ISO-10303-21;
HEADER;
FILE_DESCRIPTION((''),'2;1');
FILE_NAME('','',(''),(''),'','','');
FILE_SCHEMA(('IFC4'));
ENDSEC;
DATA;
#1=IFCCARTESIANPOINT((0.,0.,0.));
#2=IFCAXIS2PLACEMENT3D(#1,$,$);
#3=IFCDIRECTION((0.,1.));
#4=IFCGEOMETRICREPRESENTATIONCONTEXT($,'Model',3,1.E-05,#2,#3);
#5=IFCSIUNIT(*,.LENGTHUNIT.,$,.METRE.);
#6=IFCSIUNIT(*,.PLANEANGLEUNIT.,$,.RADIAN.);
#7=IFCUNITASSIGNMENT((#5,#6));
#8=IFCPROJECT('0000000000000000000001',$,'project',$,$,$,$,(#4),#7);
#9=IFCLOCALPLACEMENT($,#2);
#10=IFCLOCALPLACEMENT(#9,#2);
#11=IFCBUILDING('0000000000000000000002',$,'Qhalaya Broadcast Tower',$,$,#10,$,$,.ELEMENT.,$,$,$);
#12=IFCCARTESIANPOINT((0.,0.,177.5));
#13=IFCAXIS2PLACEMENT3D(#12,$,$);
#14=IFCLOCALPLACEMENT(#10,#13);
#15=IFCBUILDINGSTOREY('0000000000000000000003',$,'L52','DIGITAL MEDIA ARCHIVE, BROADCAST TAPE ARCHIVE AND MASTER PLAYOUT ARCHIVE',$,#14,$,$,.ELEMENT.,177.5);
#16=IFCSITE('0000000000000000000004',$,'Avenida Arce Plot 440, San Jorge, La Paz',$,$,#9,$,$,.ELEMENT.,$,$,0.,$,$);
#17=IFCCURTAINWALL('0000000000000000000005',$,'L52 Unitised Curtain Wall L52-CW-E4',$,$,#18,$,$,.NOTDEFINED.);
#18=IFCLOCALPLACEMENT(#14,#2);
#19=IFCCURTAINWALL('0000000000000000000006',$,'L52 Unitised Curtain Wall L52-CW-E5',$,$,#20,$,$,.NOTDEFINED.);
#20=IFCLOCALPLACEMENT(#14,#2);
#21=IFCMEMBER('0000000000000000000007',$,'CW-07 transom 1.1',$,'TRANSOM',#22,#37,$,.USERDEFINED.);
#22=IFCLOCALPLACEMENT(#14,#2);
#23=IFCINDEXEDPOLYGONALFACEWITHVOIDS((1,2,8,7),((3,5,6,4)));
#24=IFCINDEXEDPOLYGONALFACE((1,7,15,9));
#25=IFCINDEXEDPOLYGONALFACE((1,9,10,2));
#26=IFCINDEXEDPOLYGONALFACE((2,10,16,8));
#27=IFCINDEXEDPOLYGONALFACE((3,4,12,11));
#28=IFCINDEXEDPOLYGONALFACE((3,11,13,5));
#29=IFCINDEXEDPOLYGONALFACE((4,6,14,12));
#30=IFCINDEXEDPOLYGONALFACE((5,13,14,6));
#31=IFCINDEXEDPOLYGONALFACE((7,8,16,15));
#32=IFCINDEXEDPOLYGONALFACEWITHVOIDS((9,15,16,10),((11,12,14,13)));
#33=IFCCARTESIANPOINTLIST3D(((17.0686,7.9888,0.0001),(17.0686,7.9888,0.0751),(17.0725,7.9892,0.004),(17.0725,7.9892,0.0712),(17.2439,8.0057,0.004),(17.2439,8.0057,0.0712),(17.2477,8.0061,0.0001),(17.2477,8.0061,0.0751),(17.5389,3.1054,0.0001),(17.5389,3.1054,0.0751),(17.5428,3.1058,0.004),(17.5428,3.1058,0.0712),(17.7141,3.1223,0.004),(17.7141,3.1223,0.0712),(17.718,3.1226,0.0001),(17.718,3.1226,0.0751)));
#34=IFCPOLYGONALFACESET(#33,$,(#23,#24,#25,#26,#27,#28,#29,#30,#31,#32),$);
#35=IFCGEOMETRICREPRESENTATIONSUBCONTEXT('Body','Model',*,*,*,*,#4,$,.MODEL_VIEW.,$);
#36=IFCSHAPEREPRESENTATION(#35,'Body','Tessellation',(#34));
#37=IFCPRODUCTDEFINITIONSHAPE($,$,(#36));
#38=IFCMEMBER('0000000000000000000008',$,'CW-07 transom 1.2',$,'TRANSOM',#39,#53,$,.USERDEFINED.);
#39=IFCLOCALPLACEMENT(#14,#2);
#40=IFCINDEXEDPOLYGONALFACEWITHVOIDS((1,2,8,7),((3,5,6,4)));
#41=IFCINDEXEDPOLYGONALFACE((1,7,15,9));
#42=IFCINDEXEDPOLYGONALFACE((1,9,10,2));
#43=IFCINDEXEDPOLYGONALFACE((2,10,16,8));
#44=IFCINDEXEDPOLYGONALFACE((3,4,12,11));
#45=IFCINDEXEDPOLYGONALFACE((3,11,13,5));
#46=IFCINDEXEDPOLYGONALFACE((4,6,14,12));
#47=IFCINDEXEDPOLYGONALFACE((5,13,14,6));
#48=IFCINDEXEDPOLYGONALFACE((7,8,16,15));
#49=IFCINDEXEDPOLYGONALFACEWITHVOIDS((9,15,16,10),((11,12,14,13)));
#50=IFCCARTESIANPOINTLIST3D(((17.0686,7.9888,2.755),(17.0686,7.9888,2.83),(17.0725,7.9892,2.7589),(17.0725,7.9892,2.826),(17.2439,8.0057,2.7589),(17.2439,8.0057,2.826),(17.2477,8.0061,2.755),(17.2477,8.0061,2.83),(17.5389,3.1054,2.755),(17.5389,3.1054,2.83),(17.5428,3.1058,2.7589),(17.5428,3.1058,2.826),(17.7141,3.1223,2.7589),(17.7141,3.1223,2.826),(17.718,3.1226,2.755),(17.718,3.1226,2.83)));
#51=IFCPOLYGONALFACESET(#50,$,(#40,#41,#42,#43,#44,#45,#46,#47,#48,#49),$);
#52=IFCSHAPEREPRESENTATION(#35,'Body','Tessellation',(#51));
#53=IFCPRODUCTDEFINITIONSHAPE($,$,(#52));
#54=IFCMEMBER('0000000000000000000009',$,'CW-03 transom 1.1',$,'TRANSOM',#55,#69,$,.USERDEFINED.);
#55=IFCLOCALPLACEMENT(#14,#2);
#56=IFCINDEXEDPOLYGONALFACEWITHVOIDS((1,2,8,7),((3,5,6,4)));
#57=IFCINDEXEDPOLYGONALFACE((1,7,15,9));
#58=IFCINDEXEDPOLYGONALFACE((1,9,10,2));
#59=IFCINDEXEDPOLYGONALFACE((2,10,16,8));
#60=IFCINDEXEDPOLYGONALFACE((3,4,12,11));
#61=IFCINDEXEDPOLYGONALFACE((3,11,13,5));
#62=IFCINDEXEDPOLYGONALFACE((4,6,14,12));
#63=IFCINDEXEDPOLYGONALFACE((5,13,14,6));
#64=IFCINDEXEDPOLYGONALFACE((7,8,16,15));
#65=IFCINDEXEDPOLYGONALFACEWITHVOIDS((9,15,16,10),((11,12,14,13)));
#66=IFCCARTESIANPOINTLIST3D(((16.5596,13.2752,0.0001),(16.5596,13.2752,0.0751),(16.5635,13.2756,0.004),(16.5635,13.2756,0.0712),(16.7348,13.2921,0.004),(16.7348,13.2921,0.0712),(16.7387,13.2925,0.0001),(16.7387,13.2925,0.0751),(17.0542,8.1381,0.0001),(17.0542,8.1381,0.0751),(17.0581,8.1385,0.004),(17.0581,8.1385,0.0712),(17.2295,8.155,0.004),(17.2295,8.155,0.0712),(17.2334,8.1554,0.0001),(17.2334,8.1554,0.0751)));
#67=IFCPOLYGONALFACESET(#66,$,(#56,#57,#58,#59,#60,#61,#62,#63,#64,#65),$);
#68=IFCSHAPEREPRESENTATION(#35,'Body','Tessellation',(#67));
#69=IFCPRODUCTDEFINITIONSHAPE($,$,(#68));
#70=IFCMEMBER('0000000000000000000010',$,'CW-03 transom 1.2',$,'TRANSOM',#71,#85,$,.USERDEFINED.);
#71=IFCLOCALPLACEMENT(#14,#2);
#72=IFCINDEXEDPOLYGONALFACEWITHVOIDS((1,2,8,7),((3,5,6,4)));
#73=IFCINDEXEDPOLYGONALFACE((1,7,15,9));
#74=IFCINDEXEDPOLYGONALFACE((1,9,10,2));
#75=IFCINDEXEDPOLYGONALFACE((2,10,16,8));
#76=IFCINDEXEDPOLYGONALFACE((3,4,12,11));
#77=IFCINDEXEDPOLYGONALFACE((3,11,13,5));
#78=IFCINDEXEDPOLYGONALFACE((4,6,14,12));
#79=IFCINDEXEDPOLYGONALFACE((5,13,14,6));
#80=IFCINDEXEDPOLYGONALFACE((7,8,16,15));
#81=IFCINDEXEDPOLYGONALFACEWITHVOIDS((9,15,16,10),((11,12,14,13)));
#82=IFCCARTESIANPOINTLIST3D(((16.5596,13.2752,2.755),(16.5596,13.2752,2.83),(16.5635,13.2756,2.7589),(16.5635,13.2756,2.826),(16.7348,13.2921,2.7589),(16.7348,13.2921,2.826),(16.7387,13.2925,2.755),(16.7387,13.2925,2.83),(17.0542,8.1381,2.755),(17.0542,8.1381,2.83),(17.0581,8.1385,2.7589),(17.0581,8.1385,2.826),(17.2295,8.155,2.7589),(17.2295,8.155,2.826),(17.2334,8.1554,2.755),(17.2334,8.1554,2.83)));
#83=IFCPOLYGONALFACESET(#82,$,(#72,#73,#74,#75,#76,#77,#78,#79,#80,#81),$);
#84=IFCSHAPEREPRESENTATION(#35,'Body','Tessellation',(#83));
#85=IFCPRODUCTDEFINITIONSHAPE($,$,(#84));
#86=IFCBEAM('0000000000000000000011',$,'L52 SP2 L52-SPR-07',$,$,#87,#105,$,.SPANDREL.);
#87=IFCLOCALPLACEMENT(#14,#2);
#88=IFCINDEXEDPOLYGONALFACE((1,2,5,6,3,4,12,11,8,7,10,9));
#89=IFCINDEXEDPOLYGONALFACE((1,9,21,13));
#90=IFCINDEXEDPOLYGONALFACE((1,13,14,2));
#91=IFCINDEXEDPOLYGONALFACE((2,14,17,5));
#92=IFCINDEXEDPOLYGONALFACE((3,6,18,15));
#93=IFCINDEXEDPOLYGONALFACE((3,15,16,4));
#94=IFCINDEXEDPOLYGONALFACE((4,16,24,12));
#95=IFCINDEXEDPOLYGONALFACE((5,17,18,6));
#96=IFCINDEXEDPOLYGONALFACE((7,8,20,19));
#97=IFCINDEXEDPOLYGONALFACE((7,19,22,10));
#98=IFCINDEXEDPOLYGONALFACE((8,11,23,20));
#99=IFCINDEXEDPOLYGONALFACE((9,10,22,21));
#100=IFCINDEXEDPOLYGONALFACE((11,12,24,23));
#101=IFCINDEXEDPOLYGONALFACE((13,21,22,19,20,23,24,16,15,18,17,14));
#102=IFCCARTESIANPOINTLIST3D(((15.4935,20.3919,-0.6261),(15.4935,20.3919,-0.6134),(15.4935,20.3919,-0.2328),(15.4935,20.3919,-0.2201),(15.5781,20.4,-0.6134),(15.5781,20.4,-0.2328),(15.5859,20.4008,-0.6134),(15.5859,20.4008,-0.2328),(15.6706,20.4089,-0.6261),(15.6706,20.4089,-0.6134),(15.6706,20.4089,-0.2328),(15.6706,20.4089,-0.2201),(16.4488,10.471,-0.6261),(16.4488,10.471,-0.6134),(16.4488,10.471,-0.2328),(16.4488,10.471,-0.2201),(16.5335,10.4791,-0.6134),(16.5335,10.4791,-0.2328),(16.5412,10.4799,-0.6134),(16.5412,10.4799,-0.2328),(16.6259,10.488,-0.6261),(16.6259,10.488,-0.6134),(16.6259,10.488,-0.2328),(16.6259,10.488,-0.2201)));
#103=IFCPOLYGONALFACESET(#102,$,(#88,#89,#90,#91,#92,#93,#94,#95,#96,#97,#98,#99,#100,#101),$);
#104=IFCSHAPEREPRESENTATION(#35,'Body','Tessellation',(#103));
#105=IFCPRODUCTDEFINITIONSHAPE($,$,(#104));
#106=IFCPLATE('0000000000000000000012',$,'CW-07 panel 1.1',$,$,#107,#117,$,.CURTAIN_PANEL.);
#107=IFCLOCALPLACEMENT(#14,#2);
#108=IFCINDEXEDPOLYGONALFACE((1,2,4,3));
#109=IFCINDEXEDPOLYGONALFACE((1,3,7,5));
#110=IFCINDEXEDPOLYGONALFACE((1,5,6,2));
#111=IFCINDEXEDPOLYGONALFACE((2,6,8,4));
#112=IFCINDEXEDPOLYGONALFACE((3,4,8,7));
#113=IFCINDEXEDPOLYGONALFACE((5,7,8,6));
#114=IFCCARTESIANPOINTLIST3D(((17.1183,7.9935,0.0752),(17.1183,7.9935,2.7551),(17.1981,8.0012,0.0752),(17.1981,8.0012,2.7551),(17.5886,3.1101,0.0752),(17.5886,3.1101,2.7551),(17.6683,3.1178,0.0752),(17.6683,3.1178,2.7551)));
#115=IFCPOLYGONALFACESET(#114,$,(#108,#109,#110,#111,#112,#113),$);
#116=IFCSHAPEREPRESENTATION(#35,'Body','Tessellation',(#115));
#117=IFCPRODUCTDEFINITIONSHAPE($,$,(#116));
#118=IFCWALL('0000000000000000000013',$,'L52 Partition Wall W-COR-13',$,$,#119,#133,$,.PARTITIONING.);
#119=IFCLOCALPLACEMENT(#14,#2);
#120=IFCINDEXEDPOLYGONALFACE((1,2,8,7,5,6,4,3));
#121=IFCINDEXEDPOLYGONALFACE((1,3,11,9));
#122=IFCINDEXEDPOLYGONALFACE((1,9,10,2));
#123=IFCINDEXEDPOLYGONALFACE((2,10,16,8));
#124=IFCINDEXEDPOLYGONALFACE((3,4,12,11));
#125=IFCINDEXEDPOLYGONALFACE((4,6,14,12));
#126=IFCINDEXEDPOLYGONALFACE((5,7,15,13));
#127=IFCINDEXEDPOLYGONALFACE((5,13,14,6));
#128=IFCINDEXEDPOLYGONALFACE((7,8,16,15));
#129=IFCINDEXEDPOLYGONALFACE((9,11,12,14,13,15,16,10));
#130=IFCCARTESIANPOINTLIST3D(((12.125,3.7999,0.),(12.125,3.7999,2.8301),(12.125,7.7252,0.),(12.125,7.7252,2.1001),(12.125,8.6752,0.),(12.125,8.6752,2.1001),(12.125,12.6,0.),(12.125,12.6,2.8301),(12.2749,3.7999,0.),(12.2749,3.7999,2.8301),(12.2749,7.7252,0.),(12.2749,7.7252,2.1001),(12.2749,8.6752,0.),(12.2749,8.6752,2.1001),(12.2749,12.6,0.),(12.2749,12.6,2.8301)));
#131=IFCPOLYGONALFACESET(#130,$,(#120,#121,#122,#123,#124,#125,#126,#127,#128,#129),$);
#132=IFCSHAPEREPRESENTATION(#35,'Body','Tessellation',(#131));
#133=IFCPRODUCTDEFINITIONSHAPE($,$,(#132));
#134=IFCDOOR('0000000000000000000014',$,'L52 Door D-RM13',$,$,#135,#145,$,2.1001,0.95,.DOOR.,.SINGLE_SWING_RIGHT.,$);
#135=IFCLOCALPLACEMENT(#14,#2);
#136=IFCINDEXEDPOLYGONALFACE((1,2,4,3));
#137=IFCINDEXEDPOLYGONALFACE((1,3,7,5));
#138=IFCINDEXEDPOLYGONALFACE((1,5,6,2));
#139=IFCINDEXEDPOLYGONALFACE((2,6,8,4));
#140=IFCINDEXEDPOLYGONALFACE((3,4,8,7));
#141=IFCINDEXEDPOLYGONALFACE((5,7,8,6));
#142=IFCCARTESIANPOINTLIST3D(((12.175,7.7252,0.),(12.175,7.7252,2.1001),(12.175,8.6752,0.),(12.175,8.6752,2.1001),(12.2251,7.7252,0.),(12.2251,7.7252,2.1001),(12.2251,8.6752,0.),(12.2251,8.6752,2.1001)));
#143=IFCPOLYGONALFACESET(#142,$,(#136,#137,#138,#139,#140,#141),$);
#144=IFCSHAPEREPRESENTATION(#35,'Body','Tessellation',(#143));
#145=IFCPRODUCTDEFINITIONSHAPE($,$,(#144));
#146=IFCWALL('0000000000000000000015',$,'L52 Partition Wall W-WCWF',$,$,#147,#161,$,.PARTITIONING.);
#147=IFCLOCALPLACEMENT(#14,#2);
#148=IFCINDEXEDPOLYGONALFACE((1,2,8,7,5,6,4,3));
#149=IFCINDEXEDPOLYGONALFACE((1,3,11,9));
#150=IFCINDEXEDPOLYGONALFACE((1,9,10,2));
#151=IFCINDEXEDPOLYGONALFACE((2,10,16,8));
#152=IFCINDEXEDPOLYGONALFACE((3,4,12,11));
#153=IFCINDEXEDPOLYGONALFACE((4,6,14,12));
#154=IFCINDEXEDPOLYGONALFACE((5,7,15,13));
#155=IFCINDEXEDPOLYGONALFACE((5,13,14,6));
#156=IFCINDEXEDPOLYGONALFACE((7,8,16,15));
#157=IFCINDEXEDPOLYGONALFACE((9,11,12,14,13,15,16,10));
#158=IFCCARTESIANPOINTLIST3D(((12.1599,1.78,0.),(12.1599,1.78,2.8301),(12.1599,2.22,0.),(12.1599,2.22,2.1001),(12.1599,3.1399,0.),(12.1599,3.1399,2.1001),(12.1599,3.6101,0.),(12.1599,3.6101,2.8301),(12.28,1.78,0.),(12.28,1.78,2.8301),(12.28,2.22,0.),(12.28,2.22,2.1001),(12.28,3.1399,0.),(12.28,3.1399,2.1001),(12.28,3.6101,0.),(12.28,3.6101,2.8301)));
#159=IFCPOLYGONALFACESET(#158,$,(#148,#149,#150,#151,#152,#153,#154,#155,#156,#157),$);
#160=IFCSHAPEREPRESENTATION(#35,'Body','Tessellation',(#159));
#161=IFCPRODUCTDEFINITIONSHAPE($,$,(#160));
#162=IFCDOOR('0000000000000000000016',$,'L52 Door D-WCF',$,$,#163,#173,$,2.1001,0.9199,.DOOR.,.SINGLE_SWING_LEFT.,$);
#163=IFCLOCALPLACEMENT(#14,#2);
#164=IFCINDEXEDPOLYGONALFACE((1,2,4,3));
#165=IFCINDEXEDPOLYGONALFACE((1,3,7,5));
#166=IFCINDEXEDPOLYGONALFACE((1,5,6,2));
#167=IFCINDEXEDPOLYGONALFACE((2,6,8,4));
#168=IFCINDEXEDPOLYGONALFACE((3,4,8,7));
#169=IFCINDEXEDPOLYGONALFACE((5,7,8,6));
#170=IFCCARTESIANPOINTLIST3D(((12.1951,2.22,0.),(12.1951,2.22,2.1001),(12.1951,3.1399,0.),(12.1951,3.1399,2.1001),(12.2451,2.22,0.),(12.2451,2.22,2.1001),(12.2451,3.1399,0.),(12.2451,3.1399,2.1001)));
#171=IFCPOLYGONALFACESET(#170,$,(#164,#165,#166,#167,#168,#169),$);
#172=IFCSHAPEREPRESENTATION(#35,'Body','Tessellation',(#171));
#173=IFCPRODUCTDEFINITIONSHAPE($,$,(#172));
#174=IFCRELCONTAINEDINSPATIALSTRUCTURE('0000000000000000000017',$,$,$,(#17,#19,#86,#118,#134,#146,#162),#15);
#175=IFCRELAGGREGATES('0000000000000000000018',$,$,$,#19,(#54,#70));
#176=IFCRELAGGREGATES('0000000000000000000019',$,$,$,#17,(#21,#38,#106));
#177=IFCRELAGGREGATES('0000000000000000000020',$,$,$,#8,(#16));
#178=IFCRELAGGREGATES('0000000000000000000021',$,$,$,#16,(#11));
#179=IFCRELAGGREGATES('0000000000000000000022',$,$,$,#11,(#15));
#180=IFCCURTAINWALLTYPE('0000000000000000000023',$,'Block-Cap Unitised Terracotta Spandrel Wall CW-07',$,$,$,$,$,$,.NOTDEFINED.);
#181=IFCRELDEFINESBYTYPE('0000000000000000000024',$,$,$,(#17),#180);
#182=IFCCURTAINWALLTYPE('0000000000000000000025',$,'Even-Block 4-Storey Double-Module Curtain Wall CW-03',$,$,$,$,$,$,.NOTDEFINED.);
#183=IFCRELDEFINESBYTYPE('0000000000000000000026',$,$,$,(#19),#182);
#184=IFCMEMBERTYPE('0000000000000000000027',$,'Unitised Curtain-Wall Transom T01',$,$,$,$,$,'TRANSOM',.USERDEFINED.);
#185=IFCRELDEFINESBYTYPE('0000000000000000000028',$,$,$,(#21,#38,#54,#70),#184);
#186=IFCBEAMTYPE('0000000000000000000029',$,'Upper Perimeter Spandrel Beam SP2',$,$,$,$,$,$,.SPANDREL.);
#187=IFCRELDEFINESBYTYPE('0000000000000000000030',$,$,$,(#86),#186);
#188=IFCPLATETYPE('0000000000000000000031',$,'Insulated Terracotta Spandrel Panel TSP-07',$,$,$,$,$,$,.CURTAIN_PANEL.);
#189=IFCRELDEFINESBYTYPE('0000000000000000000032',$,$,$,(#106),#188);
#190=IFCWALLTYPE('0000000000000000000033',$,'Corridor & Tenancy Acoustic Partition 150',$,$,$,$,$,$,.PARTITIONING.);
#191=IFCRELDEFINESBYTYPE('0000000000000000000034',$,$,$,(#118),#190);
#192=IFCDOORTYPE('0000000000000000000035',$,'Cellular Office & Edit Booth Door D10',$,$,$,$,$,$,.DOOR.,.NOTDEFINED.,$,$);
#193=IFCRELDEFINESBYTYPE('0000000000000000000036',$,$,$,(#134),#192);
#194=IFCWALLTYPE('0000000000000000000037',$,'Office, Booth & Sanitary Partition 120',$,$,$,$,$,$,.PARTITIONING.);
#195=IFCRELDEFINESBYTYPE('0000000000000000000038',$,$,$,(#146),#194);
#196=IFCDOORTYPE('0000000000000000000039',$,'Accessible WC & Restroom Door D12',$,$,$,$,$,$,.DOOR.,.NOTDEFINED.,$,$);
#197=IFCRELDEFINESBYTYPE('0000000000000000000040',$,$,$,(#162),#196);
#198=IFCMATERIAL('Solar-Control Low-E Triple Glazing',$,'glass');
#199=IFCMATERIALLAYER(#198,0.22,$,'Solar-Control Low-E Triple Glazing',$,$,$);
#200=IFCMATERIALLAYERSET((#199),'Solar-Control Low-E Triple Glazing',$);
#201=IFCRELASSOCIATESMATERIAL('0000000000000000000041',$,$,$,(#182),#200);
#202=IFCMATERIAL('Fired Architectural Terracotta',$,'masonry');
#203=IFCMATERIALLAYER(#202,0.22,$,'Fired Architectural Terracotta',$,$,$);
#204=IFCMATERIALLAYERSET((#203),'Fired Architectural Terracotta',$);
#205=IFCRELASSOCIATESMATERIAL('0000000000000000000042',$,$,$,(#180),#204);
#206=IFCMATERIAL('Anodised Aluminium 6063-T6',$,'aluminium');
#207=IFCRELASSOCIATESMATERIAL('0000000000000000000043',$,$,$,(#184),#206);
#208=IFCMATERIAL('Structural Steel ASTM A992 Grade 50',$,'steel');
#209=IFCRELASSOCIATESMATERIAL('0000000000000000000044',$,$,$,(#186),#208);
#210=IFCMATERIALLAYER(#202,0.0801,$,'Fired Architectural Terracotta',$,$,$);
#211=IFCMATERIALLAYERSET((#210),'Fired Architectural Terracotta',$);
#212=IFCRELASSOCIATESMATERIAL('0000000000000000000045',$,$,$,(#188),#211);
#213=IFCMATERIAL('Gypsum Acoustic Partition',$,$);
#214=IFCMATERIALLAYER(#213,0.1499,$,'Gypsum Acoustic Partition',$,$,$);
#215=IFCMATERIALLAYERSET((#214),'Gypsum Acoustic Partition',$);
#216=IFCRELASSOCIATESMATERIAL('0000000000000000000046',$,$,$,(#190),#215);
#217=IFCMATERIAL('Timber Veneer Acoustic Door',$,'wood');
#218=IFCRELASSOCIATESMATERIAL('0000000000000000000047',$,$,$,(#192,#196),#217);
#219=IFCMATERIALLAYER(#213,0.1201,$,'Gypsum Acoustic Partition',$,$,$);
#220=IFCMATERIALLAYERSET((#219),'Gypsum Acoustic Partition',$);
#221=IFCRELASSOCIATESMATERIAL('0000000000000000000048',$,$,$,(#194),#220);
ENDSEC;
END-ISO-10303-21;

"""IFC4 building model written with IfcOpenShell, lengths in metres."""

from ifc_helpers import new_model, si_unit, direction, frame, frame_2d, origin, origin_2d, place, context, subcontext, project, spatial, rectangle, hollow_rectangle, i_section, extrude, material, layer, layer_set, material_profile, profile_set, type_object, element, fill, aggregate, save


model = new_model("IFC4")

# Units and contexts
model_context = context("Model", 3, precision=1e-05, world=origin(), true_north=direction((0.0, 1.0)))
body_context = subcontext(model_context, "Body", "Model", "MODEL_VIEW")
ifc_project = project(units=[si_unit("LENGTHUNIT", "METRE"), si_unit("PLANEANGLEUNIT", "RADIAN")], contexts=[model_context])

# Site, building, storey
site_placement = place(None, origin())
site = spatial("IfcSite", under=ifc_project, at=site_placement, Name="Avenida Arce Plot 440, San Jorge, La Paz", CompositionType="ELEMENT", RefElevation=0.0)
building_placement = place(site_placement, origin())
building = spatial("IfcBuilding", under=site, at=building_placement, Name="Qhalaya Broadcast Tower", CompositionType="ELEMENT")
storey_placement = place(building_placement, frame((0.0, 0.0, 177.5)))
storey = spatial("IfcBuildingStorey", under=building, at=storey_placement, Name="L52", Description="DIGITAL MEDIA ARCHIVE, BROADCAST TAPE ARCHIVE AND MASTER PLAYOUT ARCHIVE", CompositionType="ELEMENT", Elevation=177.5)

# Shared definitions
ifc_material_1 = material(Name="Structural Steel ASTM A992 Grade 50", Category="steel")

# Shared definitions
ifc_material_2 = material(Name="Solar-Control Low-E Triple Glazing", Category="glass")
ifc_layer_1 = layer(ifc_material_2, 0.22, Name="Solar-Control Low-E Triple Glazing")
ifc_layer_set_1 = layer_set([ifc_layer_1], Name="Solar-Control Low-E Triple Glazing")
curtain_wall_type_1 = type_object("IfcCurtainWallType", Name="Even-Block 4-Storey Double-Module Curtain Wall CW-03", PredefinedType="NOTDEFINED", material=ifc_layer_set_1)
ifc_material_3 = material(Name="Anodised Aluminium 6063-T6", Category="aluminium")

# Curtain wall
ifc_material_4 = material(Name="Fired Architectural Terracotta", Category="masonry")
ifc_layer_2 = layer(ifc_material_4, 0.22, Name="Fired Architectural Terracotta")
ifc_layer_set_2 = layer_set([ifc_layer_2], Name="Fired Architectural Terracotta")
curtain_wall_type_2 = type_object("IfcCurtainWallType", Name="Block-Cap Unitised Terracotta Spandrel Wall CW-07", PredefinedType="NOTDEFINED", material=ifc_layer_set_2)
curtain_wall_1_placement = place(storey_placement, origin())
curtain_wall_1 = element("IfcCurtainWall", 1, at=curtain_wall_1_placement, inside=storey, type_object=curtain_wall_type_2, Name="L52 Unitised Curtain Wall L52-CW-E4", PredefinedType="NOTDEFINED")

# Curtain wall
curtain_wall_2_placement = place(storey_placement, origin())
curtain_wall_2 = element("IfcCurtainWall", 2, at=curtain_wall_2_placement, inside=storey, type_object=curtain_wall_type_1, Name="L52 Unitised Curtain Wall L52-CW-E5", PredefinedType="NOTDEFINED")

# Members
ifc_material_profile_1 = material_profile(ifc_material_3, hollow_rectangle(XDim=0.075, YDim=0.1799, WallThickness=0.0039, at=origin_2d()), Name="ALU-TRN 75x180x4")
ifc_profile_set_1 = profile_set([ifc_material_profile_1], Name="Anodised Aluminium 6063-T6")
member_type_1 = type_object("IfcMemberType", Name="Unitised Curtain-Wall Transom T01", ElementType="TRANSOM", PredefinedType="USERDEFINED", material=ifc_profile_set_1)
member_1_placement = place(storey_placement, frame((17.6284, 3.114, 0.0376), z_axis=(-0.095847, 0.995396, 0.0), x_axis=(0.0, 0.0, 1.0)))
member_1 = element("IfcMember", 3, at=member_1_placement, type_object=member_type_1, Name="CW-07 transom 1.1", ObjectType="TRANSOM", PredefinedType="USERDEFINED", context=body_context, shape_type="SweptSolid", body=[
    extrude(hollow_rectangle(XDim=0.075, YDim=0.1799, WallThickness=0.0039, at=origin_2d()), origin(), (0.0, 0.0, 1.0), 4.906),
])
member_2_placement = place(storey_placement, frame((17.6284, 3.114, 2.7925), z_axis=(-0.095847, 0.995396, 0.0), x_axis=(0.0, 0.0, 1.0)))
member_2 = element("IfcMember", 4, at=member_2_placement, type_object=member_type_1, Name="CW-07 transom 1.2", ObjectType="TRANSOM", PredefinedType="USERDEFINED", context=body_context, shape_type="SweptSolid", body=[
    extrude(hollow_rectangle(XDim=0.075, YDim=0.1799, WallThickness=0.0039, at=origin_2d()), origin(), (0.0, 0.0, 1.0), 4.906),
])
member_3_placement = place(storey_placement, frame((17.1438, 8.1467, 0.0376), z_axis=(-0.09584, 0.995397, 0.0), x_axis=(0.0, 0.0, 1.0)))
member_3 = element("IfcMember", 5, at=member_3_placement, type_object=member_type_1, Name="CW-03 transom 1.1", ObjectType="TRANSOM", PredefinedType="USERDEFINED", context=body_context, shape_type="SweptSolid", body=[
    extrude(hollow_rectangle(XDim=0.075, YDim=0.1799, WallThickness=0.0039, at=origin_2d()), origin(), (0.0, 0.0, 1.0), 5.1609),
])
member_4_placement = place(storey_placement, frame((17.1438, 8.1467, 2.7925), z_axis=(-0.09584, 0.995397, 0.0), x_axis=(0.0, 0.0, 1.0)))
member_4 = element("IfcMember", 6, at=member_4_placement, type_object=member_type_1, Name="CW-03 transom 1.2", ObjectType="TRANSOM", PredefinedType="USERDEFINED", context=body_context, shape_type="SweptSolid", body=[
    extrude(hollow_rectangle(XDim=0.075, YDim=0.1799, WallThickness=0.0039, at=origin_2d()), origin(), (0.0, 0.0, 1.0), 5.1609),
])
aggregate(curtain_wall_2, [member_3, member_4])

# Beam
ifc_material_profile_2 = material_profile(ifc_material_1, i_section(OverallWidth=0.178, OverallDepth=0.406, WebThickness=0.0078, FlangeThickness=0.0127, at=origin_2d()), Name="W16X40")
ifc_profile_set_2 = profile_set([ifc_material_profile_2], Name="Structural Steel ASTM A992 Grade 50")
beam_type_1 = type_object("IfcBeamType", Name="Upper Perimeter Spandrel Beam SP2", PredefinedType="SPANDREL", material=ifc_profile_set_2)
beam_1_placement = place(storey_placement, frame((16.5374, 10.4795, -0.4231), z_axis=(-0.095851, 0.995396, 0.0), x_axis=(-0.995396, -0.095851, 0.0)))
element("IfcBeam", 7, at=beam_1_placement, inside=storey, type_object=beam_type_1, Name="L52 SP2 L52-SPR-07", PredefinedType="SPANDREL", context=body_context, shape_type="SweptSolid", body=[
    extrude(i_section(OverallWidth=0.178, OverallDepth=0.406, WebThickness=0.0078, FlangeThickness=0.0127, at=origin_2d()), origin(), (0.0, 0.0, 1.0), 9.9668),
])

# Plate
ifc_layer_3 = layer(ifc_material_4, 0.0801, Name="Fired Architectural Terracotta")
ifc_layer_set_3 = layer_set([ifc_layer_3], Name="Fired Architectural Terracotta")
plate_type = type_object("IfcPlateType", Name="Insulated Terracotta Spandrel Panel TSP-07", PredefinedType="CURTAIN_PANEL", material=ifc_layer_set_3)
plate_placement = place(storey_placement, frame((17.3933, 5.5557, 0.0752), z_axis=(0.0, 0.0, 1.0), x_axis=(-0.095847, 0.995396, 0.0)))
plate = element("IfcPlate", 8, at=plate_placement, type_object=plate_type, Name="CW-07 panel 1.1", PredefinedType="CURTAIN_PANEL", context=body_context, shape_type="SweptSolid", body=[
    extrude(rectangle(XDim=4.906, YDim=0.0801, at=origin_2d()), origin(), (0.0, 0.0, 1.0), 2.6799),
])
aggregate(curtain_wall_1, [member_1, member_2, plate])

# Walls, openings, doors
ifc_material_5 = material(Name="Gypsum Acoustic Partition")
ifc_layer_4 = layer(ifc_material_5, 0.1499, Name="Gypsum Acoustic Partition")
ifc_layer_set_4 = layer_set([ifc_layer_4], Name="Gypsum Acoustic Partition")
wall_type_1 = type_object("IfcWallType", Name="Corridor & Tenancy Acoustic Partition 150", PredefinedType="PARTITIONING", material=ifc_layer_set_4)
wall_1_placement = place(storey_placement, frame((12.2, 3.8, 0.0), z_axis=(0.0, 0.0, 1.0), x_axis=(0.0, 1.0, 0.0)))
wall_1 = element("IfcWall", 9, at=wall_1_placement, inside=storey, type_object=wall_type_1, Name="L52 Partition Wall W-COR-13", PredefinedType="PARTITIONING", context=body_context, shape_type="SweptSolid", body=[
    extrude(rectangle(XDim=8.8, YDim=0.1499, at=frame_2d((4.3999, 0.0))), origin(), (0.0, 0.0, 1.0), 2.8301),
])
opening_1_placement = place(wall_1_placement, frame((3.925, 0.0, 0.0)))
opening_1 = element("IfcOpeningElement", 10, at=opening_1_placement, cuts=wall_1, PredefinedType="OPENING", context=body_context, shape_type="SweptSolid", body=[
    extrude(rectangle(XDim=0.95, YDim=2.1001, at=frame_2d((0.4751, 1.05))), frame((0.0, 0.0869, 0.0), z_axis=(0.0, -1.0, 0.0), x_axis=(1.0, 0.0, 0.0)), (0.0, 0.0, 1.0), 0.1738),
])
ifc_material_6 = material(Name="Timber Veneer Acoustic Door", Category="wood")
door_type_1 = type_object("IfcDoorType", Name="Cellular Office & Edit Booth Door D10", OperationType="NOTDEFINED", PredefinedType="DOOR", material=ifc_material_6)
door_1_placement = place(opening_1_placement, origin())
door_1 = element("IfcDoor", 11, at=door_1_placement, inside=storey, type_object=door_type_1, Name="L52 Door D-RM13", OperationType="SINGLE_SWING_RIGHT", OverallHeight=2.1001, OverallWidth=0.95, PredefinedType="DOOR", context=body_context, shape_type="SweptSolid", body=[
    extrude(rectangle(XDim=0.95, YDim=2.1001, at=frame_2d((0.4751, 1.05))), frame((0.0, 0.0249, 0.0), z_axis=(0.0, -1.0, 0.0), x_axis=(1.0, 0.0, 0.0)), (0.0, 0.0, 1.0), 0.05),
])
fill(opening_1, door_1)
ifc_layer_5 = layer(ifc_material_5, 0.1201, Name="Gypsum Acoustic Partition")
ifc_layer_set_5 = layer_set([ifc_layer_5], Name="Gypsum Acoustic Partition")
wall_type_2 = type_object("IfcWallType", Name="Office, Booth & Sanitary Partition 120", PredefinedType="PARTITIONING", material=ifc_layer_set_5)
wall_2_placement = place(storey_placement, frame((12.22, 1.78, 0.0), z_axis=(0.0, 0.0, 1.0), x_axis=(0.0, 1.0, 0.0)))
wall_2 = element("IfcWall", 12, at=wall_2_placement, inside=storey, type_object=wall_type_2, Name="L52 Partition Wall W-WCWF", PredefinedType="PARTITIONING", context=body_context, shape_type="SweptSolid", body=[
    extrude(rectangle(XDim=1.8301, YDim=0.1201, at=frame_2d((0.915, 0.0))), origin(), (0.0, 0.0, 1.0), 2.8301),
])
opening_2_placement = place(wall_2_placement, frame((0.4399, 0.0, 0.0)))
opening_2 = element("IfcOpeningElement", 13, at=opening_2_placement, cuts=wall_2, PredefinedType="OPENING", context=body_context, shape_type="SweptSolid", body=[
    extrude(rectangle(XDim=0.9199, YDim=2.1001, at=frame_2d((0.46, 1.05))), frame((0.0, 0.072, 0.0), z_axis=(0.0, -1.0, 0.0), x_axis=(1.0, 0.0, 0.0)), (0.0, 0.0, 1.0), 0.144),
])
door_type_2 = type_object("IfcDoorType", Name="Accessible WC & Restroom Door D12", OperationType="NOTDEFINED", PredefinedType="DOOR", material=ifc_material_6)
door_2_placement = place(opening_2_placement, origin())
door_2 = element("IfcDoor", 14, at=door_2_placement, inside=storey, type_object=door_type_2, Name="L52 Door D-WCF", OperationType="SINGLE_SWING_LEFT", OverallHeight=2.1001, OverallWidth=0.9199, PredefinedType="DOOR", context=body_context, shape_type="SweptSolid", body=[
    extrude(rectangle(XDim=0.9199, YDim=2.1001, at=frame_2d((0.46, 1.05))), frame((0.0, 0.0249, 0.0), z_axis=(0.0, -1.0, 0.0), x_axis=(1.0, 0.0, 0.0)), (0.0, 0.0, 1.0), 0.05),
])
fill(opening_2, door_2)

save(model, "model.ifc")
